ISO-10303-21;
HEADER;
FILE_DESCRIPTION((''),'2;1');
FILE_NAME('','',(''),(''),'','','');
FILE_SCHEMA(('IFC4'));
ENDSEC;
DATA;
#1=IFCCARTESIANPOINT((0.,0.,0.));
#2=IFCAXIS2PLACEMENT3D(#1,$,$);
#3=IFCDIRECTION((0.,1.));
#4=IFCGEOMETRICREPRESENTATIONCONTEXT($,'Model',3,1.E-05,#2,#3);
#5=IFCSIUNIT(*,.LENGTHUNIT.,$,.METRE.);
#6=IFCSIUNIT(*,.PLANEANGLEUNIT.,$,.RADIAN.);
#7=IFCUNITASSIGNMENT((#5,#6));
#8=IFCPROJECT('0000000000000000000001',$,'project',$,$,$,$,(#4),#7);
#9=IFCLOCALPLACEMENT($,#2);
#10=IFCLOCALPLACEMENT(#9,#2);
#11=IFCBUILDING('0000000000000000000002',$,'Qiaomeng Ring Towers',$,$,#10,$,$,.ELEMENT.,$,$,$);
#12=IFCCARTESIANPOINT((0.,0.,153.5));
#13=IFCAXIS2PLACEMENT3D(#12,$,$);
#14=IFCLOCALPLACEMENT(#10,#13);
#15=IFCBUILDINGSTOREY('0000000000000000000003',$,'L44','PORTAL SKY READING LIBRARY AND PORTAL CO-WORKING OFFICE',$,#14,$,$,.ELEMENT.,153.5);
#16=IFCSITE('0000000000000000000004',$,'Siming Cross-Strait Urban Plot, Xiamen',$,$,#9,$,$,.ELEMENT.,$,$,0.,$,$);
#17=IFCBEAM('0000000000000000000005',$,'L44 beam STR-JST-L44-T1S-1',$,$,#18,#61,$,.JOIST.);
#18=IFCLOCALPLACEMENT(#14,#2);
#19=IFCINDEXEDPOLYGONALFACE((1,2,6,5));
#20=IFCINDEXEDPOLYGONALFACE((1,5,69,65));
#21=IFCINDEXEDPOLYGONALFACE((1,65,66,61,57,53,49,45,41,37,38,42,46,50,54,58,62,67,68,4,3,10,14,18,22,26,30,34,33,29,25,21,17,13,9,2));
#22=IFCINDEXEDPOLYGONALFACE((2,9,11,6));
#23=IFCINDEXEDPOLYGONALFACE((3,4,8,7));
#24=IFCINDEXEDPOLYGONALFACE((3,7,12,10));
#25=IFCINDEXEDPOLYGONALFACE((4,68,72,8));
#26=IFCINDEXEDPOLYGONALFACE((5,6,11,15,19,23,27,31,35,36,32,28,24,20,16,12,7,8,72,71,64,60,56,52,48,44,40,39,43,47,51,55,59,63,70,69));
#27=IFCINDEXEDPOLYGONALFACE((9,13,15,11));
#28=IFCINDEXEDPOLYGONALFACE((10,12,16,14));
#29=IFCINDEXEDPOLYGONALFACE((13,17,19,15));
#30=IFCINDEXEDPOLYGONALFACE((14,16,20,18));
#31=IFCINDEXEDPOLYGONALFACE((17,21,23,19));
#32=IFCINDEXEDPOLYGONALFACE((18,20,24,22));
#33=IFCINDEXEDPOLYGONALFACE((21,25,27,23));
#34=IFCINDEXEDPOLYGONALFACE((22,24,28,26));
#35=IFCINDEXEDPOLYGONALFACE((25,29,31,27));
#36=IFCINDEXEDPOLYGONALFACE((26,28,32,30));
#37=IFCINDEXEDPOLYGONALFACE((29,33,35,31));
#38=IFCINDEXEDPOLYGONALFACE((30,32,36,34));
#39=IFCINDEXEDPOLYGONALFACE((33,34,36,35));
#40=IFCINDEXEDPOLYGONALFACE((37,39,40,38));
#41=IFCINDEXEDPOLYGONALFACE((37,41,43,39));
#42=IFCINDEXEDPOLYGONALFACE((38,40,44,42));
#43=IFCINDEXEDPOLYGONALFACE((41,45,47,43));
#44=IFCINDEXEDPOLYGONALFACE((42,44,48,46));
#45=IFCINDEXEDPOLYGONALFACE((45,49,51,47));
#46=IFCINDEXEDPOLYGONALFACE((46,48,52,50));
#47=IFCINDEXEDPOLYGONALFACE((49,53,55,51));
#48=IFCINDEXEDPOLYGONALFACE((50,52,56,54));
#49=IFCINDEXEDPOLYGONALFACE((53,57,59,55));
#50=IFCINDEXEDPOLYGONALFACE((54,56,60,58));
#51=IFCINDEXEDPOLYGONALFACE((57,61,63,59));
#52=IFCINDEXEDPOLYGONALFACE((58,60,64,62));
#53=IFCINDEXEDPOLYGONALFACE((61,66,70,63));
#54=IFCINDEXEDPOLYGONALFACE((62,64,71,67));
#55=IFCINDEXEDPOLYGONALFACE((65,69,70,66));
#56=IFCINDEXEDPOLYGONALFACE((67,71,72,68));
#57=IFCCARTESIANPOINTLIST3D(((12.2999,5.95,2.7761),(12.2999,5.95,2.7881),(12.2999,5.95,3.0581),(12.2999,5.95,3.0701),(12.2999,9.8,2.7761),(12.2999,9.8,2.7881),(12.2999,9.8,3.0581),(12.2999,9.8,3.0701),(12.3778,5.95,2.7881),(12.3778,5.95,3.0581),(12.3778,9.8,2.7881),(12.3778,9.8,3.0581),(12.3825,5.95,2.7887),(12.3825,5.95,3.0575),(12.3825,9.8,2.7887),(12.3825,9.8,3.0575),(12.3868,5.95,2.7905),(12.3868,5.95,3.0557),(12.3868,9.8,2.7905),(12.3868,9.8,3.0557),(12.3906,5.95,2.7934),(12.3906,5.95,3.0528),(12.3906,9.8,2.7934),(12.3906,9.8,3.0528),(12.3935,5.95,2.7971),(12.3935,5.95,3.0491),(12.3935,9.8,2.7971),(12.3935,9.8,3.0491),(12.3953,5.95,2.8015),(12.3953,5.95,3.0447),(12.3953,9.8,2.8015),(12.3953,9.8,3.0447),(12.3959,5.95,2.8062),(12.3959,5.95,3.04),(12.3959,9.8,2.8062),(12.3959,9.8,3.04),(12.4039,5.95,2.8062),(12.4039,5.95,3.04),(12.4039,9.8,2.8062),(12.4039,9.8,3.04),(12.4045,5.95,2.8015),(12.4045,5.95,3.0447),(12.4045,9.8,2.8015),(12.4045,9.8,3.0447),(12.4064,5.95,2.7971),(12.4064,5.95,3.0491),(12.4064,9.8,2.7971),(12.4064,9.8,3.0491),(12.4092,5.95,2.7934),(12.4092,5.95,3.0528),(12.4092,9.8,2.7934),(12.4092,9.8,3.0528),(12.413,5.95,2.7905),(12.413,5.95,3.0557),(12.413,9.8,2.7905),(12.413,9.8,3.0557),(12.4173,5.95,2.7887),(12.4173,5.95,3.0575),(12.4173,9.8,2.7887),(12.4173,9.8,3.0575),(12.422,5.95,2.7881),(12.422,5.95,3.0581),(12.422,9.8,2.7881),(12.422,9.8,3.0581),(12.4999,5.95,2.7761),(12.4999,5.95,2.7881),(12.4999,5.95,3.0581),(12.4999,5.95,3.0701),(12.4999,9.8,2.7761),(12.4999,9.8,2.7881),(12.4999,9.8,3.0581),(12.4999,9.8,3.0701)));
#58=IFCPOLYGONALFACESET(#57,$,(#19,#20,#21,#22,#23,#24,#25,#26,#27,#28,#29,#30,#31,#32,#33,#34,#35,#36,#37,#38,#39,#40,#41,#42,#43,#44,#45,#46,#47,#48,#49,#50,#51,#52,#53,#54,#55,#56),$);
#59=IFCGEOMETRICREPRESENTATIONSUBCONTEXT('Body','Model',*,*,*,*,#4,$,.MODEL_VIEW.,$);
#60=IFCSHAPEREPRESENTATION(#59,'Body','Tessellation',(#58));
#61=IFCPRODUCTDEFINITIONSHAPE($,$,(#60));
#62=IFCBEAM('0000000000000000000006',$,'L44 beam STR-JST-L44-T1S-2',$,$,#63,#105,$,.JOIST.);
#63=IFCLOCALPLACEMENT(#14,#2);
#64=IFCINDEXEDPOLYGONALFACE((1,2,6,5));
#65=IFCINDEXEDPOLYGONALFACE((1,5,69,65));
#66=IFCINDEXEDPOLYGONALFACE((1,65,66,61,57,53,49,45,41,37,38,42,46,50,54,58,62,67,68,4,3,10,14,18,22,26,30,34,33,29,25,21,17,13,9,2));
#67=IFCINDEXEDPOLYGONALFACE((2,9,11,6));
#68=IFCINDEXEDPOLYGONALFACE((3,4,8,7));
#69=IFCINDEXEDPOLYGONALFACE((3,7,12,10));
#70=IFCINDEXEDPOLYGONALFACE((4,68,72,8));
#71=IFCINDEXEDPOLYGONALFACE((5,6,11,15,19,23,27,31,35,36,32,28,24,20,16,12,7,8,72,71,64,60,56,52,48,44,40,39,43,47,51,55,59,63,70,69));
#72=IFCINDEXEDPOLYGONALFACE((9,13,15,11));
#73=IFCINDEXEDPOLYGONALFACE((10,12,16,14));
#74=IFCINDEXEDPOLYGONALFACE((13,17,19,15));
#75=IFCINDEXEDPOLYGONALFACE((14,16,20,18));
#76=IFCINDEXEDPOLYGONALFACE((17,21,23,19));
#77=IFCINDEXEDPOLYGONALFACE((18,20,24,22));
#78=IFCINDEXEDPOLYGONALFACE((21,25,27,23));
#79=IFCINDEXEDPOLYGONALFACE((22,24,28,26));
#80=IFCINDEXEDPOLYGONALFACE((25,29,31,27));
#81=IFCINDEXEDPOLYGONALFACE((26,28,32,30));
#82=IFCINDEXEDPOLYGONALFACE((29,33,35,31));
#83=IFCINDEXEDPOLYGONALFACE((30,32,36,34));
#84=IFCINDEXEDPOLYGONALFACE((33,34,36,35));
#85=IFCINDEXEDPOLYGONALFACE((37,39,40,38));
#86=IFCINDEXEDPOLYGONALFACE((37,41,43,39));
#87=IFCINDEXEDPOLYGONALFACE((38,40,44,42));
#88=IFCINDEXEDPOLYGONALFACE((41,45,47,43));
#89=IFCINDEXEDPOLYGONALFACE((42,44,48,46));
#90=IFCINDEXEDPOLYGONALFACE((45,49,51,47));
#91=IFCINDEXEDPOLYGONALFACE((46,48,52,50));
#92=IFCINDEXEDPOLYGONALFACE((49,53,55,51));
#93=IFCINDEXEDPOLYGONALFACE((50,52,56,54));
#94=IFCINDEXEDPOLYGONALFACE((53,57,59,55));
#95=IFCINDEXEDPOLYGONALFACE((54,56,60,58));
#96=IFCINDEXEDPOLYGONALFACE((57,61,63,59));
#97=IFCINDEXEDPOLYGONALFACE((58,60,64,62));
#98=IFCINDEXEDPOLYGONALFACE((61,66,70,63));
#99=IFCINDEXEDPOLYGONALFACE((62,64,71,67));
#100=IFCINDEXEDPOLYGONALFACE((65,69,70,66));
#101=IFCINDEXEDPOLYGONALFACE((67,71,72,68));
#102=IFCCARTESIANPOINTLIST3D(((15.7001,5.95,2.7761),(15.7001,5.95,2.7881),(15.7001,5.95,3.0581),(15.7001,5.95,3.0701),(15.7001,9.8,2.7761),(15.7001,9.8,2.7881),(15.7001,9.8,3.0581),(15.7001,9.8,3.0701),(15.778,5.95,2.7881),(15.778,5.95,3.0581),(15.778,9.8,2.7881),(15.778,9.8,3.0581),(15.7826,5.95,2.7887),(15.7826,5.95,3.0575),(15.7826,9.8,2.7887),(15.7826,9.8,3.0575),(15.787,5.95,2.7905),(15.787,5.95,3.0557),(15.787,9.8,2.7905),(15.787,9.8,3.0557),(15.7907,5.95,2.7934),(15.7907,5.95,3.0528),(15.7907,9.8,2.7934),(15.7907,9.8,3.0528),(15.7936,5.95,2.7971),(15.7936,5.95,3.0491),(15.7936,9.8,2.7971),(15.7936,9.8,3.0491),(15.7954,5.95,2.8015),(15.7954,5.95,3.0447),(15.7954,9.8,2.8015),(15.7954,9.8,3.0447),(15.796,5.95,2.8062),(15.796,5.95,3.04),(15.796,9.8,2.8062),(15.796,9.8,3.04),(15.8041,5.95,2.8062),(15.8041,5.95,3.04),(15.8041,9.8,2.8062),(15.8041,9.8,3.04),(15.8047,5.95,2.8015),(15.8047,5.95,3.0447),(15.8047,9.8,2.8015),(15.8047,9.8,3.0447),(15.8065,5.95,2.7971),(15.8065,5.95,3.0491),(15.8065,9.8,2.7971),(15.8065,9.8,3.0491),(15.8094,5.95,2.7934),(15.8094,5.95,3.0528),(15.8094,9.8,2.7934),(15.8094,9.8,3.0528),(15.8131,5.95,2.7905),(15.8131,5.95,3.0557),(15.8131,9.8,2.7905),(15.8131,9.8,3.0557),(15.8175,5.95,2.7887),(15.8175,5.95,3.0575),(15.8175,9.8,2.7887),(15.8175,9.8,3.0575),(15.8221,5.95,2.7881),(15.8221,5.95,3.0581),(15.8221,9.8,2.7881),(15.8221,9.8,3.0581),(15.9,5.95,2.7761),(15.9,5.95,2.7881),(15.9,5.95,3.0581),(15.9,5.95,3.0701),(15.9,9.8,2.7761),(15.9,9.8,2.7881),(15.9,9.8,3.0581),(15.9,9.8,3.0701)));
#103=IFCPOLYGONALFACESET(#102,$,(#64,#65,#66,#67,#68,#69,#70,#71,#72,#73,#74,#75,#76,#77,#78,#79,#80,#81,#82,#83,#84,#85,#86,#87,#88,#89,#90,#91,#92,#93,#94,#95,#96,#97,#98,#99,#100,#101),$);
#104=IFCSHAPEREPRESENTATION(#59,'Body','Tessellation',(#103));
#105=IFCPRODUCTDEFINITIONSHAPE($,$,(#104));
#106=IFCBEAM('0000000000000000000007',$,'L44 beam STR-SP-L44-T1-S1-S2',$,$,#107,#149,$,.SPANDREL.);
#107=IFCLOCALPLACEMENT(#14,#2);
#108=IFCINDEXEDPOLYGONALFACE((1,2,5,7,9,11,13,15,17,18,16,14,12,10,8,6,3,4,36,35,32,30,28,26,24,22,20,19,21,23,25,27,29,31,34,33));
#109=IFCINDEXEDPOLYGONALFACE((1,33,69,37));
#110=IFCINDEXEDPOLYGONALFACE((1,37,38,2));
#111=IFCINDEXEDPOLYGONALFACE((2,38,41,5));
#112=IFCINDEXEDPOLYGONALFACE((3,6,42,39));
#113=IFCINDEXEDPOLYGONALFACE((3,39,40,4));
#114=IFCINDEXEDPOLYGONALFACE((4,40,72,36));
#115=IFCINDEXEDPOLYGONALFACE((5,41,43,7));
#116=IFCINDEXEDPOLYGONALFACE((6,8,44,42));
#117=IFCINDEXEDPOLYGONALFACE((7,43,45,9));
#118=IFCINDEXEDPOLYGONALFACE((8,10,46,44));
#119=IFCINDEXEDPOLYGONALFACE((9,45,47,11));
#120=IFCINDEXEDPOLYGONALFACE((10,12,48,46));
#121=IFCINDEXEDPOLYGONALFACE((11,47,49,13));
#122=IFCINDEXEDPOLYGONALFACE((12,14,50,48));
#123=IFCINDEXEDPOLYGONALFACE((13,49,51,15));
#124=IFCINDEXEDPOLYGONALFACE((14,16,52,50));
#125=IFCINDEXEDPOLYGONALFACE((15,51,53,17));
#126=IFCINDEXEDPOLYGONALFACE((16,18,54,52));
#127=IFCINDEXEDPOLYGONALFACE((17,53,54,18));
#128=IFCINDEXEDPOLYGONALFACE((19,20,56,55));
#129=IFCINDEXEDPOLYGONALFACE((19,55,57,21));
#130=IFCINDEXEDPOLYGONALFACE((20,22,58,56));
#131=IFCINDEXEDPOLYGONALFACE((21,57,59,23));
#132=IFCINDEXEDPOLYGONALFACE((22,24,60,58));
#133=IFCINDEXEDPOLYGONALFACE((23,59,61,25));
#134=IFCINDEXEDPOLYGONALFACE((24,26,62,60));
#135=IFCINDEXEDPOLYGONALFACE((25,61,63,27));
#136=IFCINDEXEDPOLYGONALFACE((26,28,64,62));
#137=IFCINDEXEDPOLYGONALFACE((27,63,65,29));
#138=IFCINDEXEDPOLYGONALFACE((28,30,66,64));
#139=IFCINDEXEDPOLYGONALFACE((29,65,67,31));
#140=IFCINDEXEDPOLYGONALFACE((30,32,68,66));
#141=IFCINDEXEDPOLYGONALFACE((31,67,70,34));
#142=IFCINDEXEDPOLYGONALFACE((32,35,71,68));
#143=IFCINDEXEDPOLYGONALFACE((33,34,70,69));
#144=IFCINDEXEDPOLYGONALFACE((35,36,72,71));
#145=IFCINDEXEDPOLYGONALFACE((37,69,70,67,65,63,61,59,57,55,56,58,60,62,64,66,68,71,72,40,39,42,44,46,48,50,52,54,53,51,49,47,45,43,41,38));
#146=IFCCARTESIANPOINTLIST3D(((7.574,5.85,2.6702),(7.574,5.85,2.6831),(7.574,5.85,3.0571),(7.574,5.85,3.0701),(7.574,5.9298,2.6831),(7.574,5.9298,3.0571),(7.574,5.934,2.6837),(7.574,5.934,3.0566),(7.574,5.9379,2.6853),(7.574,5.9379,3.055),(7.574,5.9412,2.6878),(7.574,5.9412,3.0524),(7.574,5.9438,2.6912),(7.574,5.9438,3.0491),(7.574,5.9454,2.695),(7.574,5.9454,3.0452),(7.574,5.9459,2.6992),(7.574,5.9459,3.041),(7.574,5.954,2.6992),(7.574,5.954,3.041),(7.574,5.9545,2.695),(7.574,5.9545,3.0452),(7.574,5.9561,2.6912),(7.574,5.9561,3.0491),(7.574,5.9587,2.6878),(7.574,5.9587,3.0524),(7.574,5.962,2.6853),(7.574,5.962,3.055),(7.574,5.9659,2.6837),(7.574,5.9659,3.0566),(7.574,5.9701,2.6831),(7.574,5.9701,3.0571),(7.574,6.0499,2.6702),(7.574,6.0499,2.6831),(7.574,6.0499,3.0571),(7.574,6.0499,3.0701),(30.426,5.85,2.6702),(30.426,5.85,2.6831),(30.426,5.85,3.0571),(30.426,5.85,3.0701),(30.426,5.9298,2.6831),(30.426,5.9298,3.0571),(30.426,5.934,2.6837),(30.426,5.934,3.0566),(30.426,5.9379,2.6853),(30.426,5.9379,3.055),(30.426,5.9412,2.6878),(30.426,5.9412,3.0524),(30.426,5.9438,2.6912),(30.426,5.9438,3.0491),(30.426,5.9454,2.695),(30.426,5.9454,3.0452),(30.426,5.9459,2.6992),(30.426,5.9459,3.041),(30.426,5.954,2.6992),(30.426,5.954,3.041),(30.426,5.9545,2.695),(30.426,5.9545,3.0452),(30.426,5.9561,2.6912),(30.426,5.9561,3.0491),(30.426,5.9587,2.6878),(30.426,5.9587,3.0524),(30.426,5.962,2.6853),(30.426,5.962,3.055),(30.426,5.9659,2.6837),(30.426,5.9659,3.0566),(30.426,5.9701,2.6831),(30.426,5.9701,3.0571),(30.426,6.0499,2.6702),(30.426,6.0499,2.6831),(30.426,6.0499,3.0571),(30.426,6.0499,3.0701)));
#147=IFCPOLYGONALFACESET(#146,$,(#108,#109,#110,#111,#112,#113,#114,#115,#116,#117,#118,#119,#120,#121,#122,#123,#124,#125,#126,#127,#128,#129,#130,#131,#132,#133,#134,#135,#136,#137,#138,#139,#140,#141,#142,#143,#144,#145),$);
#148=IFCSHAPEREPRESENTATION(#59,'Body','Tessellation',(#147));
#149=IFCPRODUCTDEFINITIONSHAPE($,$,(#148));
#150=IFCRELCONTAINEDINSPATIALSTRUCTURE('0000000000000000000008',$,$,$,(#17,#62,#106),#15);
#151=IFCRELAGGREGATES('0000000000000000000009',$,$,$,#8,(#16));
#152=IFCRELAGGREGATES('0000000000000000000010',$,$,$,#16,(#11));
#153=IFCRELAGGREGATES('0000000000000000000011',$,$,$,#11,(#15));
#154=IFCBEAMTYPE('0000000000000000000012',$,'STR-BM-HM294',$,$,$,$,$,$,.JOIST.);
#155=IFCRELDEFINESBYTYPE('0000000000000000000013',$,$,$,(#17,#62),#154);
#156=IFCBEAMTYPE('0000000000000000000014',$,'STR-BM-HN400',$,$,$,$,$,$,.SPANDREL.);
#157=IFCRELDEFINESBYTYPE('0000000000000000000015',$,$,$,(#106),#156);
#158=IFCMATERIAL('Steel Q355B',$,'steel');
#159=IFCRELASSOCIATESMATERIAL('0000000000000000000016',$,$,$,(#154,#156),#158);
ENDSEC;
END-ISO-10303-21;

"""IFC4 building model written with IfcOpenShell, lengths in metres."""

from ifc_helpers import new_model, si_unit, direction, frame, origin, origin_2d, place, context, subcontext, project, spatial, i_section, extrude, source, transform, mapped, material, material_profile, profile_set, type_object, element, save


model = new_model("IFC4")

# Units and contexts
model_context = context("Model", 3, precision=1e-05, world=origin(), true_north=direction((0.0, 1.0)))
body_context = subcontext(model_context, "Body", "Model", "MODEL_VIEW")
ifc_project = project(units=[si_unit("LENGTHUNIT", "METRE"), si_unit("PLANEANGLEUNIT", "RADIAN")], contexts=[model_context])

# Site, building, storey
site_placement = place(None, origin())
site = spatial("IfcSite", under=ifc_project, at=site_placement, Name="Siming Cross-Strait Urban Plot, Xiamen", CompositionType="ELEMENT", RefElevation=0.0)
building_placement = place(site_placement, origin())
building = spatial("IfcBuilding", under=site, at=building_placement, Name="Qiaomeng Ring Towers", CompositionType="ELEMENT")
storey_placement = place(building_placement, frame((0.0, 0.0, 153.5)))
storey = spatial("IfcBuildingStorey", under=building, at=storey_placement, Name="L44", Description="PORTAL SKY READING LIBRARY AND PORTAL CO-WORKING OFFICE", CompositionType="ELEMENT", Elevation=153.5)

# Beams
ifc_material_1 = material(Name="Steel Q355B", Category="steel")
ifc_material_profile_1 = material_profile(ifc_material_1, i_section(OverallWidth=0.2, OverallDepth=0.2939, WebThickness=0.0081, FlangeThickness=0.012, FilletRadius=0.0181, at=origin_2d()), Name="HM 294x200x8x12")
ifc_profile_set_1 = profile_set([ifc_material_profile_1], Name="Steel Q355B")
beam_type_1 = type_object("IfcBeamType", Name="STR-BM-HM294", PredefinedType="JOIST", material=ifc_profile_set_1)
shared_shape_1 = source(origin(), body_context, "Body", "SweptSolid", [
    extrude(i_section(OverallWidth=0.2, OverallDepth=0.2939, WebThickness=0.0081, FlangeThickness=0.012, FilletRadius=0.0181, at=origin_2d()), origin(), (0.0, 0.0, 1.0), 3.8501),
])
for number, where, z_axis, x_axis, name in (
    (1, (12.3999, 5.95, 2.9231), (0.0, 1.0, 0.0), (-1.0, 0.0, 0.0), "L44 beam STR-JST-L44-T1S-1"),
    (2, (15.8, 5.95, 2.9231), (0.0, 1.0, 0.0), (-1.0, 0.0, 0.0), "L44 beam STR-JST-L44-T1S-2"),
):
    element("IfcBeam", number, at=place(storey_placement, frame(where, z_axis=z_axis, x_axis=x_axis)), inside=storey, type_object=beam_type_1, Name=name, PredefinedType="JOIST", context=body_context, shape_type="MappedRepresentation", body=[
        mapped(shared_shape_1, transform((0.0, 0.0, 0.0), x_axis=(1.0, 0.0, 0.0), y_axis=(0.0, 1.0, 0.0), z_axis=(0.0, 0.0, 1.0), scale=1.0)),
    ])
ifc_material_profile_2 = material_profile(ifc_material_1, i_section(OverallWidth=0.2, OverallDepth=0.3999, WebThickness=0.0081, FlangeThickness=0.0129, FilletRadius=0.0161, at=origin_2d()), Name="HN 400x200x8x13")
ifc_profile_set_2 = profile_set([ifc_material_profile_2], Name="Steel Q355B")
beam_type_2 = type_object("IfcBeamType", Name="STR-BM-HN400", PredefinedType="SPANDREL", material=ifc_profile_set_2)
shared_shape_2 = source(origin(), body_context, "Body", "SweptSolid", [
    extrude(i_section(OverallWidth=0.2, OverallDepth=0.3999, WebThickness=0.0081, FlangeThickness=0.0129, FilletRadius=0.0161, at=origin_2d()), origin(), (0.0, 0.0, 1.0), 22.8521),
])
beam_placement = place(storey_placement, frame((7.574, 5.95, 2.8701), z_axis=(1.0, 0.0, 0.0), x_axis=(0.0, 1.0, 0.0)))
element("IfcBeam", 3, at=beam_placement, inside=storey, type_object=beam_type_2, Name="L44 beam STR-SP-L44-T1-S1-S2", PredefinedType="SPANDREL", context=body_context, shape_type="MappedRepresentation", body=[
    mapped(shared_shape_2, transform((0.0, 0.0, 0.0), x_axis=(1.0, 0.0, 0.0), y_axis=(0.0, 1.0, 0.0), z_axis=(0.0, 0.0, 1.0), scale=1.0)),
])

save(model, "model.ifc")
